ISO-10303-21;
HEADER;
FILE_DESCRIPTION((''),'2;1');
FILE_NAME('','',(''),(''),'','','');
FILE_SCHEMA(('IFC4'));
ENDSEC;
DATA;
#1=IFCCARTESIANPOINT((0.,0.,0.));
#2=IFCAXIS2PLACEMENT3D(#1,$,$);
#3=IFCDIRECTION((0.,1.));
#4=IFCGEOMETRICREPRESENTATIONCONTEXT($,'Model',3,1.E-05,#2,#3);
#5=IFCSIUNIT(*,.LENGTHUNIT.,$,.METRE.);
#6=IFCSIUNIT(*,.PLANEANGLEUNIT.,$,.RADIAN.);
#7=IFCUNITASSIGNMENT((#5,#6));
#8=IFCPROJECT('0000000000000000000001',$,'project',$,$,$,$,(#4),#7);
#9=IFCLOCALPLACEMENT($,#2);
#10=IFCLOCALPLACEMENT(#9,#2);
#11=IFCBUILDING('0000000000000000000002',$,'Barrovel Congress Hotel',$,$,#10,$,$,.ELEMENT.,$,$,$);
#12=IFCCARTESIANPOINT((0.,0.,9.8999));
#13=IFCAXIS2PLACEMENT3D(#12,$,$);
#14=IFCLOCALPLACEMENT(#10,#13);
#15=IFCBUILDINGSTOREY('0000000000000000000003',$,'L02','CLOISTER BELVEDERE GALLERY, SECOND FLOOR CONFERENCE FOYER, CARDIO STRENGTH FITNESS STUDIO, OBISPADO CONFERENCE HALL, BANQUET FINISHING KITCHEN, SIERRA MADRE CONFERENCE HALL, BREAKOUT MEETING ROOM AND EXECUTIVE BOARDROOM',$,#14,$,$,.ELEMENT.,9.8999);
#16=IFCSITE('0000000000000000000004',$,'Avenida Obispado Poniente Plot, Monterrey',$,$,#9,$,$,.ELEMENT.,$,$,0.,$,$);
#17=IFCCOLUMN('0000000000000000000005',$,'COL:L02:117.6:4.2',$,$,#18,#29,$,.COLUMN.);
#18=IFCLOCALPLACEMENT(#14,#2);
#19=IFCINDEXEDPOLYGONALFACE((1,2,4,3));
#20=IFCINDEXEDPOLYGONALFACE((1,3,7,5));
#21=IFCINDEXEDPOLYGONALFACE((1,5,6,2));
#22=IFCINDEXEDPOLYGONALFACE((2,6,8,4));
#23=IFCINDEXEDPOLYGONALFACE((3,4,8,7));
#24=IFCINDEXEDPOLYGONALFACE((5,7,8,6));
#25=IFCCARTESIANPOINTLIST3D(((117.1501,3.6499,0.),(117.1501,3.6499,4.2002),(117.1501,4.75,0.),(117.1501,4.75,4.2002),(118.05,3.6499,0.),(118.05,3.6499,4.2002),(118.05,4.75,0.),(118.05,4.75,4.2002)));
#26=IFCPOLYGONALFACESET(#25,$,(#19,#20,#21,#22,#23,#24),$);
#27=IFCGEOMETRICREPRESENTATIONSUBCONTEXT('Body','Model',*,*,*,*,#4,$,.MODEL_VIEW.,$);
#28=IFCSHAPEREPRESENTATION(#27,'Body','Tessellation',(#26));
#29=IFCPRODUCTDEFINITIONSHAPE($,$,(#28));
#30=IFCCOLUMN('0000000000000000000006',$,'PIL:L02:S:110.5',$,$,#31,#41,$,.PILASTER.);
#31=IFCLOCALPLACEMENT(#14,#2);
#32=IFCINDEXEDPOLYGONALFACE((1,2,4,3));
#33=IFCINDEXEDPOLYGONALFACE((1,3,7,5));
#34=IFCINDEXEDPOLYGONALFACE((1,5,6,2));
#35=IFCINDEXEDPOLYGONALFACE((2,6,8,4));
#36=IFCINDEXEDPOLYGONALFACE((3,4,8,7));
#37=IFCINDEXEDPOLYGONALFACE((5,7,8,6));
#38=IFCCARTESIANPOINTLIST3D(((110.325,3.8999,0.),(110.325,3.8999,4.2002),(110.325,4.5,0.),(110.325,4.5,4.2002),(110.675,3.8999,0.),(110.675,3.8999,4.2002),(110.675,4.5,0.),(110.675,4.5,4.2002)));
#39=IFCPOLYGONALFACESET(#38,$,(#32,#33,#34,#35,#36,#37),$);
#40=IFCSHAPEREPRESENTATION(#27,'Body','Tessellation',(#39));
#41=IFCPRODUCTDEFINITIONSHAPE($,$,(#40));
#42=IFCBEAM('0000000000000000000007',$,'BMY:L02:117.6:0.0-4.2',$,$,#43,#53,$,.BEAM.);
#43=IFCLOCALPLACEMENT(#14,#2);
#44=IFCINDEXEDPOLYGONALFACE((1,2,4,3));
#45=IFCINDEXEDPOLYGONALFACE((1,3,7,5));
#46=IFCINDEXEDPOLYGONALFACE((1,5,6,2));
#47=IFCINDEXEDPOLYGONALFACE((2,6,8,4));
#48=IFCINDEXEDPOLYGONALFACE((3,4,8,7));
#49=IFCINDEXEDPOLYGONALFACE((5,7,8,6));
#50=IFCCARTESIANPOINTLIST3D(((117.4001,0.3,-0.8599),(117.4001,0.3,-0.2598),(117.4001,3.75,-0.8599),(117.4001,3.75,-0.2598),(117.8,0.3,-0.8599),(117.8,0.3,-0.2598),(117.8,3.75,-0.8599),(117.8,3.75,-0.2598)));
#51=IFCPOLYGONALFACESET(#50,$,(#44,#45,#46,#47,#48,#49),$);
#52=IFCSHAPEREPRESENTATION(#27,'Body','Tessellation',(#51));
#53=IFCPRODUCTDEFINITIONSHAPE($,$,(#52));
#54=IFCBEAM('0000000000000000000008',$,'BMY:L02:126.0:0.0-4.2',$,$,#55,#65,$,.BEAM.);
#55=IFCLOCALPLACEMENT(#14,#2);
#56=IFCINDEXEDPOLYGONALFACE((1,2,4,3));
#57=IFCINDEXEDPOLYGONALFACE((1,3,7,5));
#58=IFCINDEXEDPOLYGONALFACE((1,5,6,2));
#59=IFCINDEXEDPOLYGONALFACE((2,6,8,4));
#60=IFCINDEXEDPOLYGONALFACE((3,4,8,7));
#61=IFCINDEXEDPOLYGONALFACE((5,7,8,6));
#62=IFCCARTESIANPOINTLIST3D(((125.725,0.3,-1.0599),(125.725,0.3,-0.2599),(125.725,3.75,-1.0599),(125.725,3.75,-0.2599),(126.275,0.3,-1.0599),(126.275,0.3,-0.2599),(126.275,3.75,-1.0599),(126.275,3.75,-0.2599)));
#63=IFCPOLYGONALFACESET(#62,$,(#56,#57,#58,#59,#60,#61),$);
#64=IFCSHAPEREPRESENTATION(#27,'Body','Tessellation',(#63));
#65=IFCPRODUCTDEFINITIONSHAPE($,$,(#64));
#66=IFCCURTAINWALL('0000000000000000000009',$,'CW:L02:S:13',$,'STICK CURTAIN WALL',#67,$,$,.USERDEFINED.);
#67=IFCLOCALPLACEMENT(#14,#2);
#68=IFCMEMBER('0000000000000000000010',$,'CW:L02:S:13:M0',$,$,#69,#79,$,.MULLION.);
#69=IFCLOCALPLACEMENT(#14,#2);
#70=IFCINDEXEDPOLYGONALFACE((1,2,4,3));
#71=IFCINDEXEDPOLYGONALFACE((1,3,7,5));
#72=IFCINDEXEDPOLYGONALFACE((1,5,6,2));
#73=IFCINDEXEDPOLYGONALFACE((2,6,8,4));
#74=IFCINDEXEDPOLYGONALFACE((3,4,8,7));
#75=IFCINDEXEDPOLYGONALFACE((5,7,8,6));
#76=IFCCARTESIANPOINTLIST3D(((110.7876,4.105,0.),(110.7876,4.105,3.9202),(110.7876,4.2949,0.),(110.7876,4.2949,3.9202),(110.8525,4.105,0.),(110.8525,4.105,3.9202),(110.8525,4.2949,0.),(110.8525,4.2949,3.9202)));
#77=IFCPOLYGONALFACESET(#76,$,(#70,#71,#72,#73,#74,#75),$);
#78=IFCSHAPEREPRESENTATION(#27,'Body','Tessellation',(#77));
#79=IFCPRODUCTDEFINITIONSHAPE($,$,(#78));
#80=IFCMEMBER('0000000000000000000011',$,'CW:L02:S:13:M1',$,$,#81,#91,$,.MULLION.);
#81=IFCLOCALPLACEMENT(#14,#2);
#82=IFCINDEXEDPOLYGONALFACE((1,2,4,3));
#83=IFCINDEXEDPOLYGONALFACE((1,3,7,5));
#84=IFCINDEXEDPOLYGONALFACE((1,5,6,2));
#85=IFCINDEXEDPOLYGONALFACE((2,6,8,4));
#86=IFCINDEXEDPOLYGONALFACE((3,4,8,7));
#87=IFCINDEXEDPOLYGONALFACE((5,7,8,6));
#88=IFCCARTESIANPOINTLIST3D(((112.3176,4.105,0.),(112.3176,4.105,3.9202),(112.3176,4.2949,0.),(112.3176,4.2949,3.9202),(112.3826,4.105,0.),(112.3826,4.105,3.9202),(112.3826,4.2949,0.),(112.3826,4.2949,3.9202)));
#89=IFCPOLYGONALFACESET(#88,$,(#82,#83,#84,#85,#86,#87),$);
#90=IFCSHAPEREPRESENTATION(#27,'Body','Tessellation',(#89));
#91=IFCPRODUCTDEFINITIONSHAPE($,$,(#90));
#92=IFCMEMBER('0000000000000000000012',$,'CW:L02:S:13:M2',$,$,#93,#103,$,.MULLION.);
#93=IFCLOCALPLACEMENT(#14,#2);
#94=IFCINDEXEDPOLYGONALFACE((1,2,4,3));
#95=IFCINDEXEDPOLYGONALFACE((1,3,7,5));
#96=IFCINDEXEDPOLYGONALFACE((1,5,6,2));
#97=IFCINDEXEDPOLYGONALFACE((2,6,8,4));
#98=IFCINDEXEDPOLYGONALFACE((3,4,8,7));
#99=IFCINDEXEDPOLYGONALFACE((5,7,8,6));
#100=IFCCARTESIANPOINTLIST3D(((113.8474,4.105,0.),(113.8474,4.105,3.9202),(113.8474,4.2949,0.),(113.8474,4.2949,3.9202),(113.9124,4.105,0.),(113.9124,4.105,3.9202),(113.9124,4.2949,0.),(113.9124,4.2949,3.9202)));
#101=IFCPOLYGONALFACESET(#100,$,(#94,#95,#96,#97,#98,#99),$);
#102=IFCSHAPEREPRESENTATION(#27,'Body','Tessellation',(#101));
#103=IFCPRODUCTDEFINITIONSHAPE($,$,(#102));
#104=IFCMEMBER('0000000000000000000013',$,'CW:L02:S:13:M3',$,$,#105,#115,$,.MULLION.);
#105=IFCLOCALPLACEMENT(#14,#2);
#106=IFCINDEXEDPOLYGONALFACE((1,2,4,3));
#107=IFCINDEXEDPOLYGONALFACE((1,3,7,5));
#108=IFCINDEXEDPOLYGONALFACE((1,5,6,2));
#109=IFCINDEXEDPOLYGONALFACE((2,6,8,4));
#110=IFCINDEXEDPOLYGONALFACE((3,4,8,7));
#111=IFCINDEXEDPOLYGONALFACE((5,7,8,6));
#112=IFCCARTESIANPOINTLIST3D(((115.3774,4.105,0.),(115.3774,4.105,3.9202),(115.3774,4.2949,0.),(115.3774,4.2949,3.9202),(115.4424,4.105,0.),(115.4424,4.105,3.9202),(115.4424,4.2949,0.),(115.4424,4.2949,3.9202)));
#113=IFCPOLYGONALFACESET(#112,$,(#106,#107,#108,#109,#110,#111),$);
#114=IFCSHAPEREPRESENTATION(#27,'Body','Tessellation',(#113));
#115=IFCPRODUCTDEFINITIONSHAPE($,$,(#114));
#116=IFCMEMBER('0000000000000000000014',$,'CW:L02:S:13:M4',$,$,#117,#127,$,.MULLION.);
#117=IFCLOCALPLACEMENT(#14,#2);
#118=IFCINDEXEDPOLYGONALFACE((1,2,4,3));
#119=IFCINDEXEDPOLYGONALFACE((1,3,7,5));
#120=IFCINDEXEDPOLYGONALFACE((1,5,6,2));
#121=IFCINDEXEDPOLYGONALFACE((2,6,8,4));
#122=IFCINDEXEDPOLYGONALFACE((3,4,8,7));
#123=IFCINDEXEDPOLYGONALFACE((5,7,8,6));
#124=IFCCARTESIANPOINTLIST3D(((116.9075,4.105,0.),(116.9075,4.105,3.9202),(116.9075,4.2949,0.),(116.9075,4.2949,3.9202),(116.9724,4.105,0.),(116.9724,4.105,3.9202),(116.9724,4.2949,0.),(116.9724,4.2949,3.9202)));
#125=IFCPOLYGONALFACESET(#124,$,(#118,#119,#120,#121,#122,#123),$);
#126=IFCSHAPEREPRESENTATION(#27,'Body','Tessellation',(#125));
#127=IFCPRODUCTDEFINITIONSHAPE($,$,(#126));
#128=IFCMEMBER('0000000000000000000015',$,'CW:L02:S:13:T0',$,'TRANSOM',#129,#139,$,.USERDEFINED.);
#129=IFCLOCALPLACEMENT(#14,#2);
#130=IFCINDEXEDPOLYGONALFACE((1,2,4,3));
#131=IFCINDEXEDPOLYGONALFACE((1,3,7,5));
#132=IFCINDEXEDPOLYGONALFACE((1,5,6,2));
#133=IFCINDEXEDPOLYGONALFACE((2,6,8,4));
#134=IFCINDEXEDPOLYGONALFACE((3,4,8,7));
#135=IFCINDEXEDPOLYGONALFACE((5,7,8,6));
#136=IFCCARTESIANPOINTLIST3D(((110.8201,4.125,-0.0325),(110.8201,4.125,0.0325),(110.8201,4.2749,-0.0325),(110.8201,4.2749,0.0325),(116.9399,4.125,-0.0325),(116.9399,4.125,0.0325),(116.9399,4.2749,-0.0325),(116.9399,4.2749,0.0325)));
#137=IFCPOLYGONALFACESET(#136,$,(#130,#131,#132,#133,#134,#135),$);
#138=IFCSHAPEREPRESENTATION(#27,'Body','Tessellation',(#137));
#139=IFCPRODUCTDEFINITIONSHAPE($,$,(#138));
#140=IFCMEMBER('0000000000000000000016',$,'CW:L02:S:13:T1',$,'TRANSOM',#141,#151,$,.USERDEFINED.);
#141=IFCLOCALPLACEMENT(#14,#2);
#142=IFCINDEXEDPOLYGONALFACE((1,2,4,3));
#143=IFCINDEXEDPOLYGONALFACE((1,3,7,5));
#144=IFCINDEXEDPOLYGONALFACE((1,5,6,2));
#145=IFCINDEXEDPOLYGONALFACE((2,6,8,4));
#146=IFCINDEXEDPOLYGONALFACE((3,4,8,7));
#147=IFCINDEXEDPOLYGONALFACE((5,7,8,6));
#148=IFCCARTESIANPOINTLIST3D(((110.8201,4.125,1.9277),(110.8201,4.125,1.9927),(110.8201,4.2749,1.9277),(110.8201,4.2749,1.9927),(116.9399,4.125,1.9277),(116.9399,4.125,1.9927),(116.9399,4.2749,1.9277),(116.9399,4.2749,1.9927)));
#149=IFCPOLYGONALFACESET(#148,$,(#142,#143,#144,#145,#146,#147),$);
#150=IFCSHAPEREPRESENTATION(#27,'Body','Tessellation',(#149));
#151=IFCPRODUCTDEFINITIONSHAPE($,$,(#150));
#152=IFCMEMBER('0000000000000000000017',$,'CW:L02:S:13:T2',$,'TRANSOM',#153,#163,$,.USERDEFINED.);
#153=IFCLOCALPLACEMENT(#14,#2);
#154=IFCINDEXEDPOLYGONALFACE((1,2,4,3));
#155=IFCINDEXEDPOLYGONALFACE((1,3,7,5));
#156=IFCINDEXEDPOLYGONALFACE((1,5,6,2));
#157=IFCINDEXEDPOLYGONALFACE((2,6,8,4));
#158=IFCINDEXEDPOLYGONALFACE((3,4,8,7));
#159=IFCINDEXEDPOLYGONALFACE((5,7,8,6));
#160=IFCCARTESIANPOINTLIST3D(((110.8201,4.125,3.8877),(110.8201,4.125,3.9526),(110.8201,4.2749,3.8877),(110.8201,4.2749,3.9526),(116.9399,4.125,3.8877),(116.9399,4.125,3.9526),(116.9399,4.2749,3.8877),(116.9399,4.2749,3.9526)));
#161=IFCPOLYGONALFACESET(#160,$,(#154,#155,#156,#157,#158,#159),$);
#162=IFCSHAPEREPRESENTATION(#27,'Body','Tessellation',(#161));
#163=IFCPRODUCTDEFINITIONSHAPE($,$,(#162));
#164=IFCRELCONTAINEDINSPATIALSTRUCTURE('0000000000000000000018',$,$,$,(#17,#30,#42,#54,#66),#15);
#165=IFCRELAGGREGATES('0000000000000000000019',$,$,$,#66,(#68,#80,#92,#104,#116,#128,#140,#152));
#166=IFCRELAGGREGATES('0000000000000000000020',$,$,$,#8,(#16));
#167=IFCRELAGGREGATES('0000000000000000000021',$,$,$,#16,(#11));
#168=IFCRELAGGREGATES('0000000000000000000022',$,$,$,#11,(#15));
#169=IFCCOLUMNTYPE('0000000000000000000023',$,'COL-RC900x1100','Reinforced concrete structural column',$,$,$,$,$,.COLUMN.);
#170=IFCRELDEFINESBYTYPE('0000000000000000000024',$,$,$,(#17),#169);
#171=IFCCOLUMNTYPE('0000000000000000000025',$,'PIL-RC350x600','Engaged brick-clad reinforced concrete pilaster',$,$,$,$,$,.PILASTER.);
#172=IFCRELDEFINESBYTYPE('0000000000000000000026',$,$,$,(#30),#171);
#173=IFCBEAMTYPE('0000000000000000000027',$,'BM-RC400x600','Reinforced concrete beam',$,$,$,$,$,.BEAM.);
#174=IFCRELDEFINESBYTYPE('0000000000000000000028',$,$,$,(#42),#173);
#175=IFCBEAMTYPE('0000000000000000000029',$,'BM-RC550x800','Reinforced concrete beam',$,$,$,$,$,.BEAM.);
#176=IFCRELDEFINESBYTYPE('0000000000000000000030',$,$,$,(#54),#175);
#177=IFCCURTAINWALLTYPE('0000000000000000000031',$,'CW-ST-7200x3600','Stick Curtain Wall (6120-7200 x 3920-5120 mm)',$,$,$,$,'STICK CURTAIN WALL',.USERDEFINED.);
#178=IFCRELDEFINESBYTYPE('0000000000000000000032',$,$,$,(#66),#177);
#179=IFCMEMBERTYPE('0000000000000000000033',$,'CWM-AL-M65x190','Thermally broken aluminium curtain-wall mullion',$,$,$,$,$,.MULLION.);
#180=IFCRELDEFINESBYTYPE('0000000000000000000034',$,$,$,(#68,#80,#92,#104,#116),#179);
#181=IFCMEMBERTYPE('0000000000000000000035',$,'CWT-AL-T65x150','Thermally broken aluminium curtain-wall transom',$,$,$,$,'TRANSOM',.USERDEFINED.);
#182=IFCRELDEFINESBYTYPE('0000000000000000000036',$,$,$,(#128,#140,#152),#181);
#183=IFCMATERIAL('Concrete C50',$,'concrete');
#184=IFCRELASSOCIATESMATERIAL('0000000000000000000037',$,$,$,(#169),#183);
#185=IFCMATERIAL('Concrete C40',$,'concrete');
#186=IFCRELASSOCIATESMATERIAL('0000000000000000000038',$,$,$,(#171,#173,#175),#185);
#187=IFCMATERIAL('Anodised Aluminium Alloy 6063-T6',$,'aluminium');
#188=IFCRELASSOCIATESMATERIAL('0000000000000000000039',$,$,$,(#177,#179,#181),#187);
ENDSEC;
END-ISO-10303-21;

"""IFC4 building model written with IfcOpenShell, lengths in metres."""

from ifc_helpers import new_model, si_unit, direction, frame, origin, origin_2d, place, context, subcontext, project, spatial, rectangle, extrude, material, material_profile, profile_set, type_object, element, aggregate, save


model = new_model("IFC4")

# Units and contexts
model_context = context("Model", 3, precision=1e-05, world=origin(), true_north=direction((0.0, 1.0)))
body_context = subcontext(model_context, "Body", "Model", "MODEL_VIEW")
ifc_project = project(units=[si_unit("LENGTHUNIT", "METRE"), si_unit("PLANEANGLEUNIT", "RADIAN")], contexts=[model_context])

# Site, building, storey
site_placement = place(None, origin())
site = spatial("IfcSite", under=ifc_project, at=site_placement, Name="Avenida Obispado Poniente Plot, Monterrey", CompositionType="ELEMENT", RefElevation=0.0)
building_placement = place(site_placement, origin())
building = spatial("IfcBuilding", under=site, at=building_placement, Name="Barrovel Congress Hotel", CompositionType="ELEMENT")
storey_placement = place(building_placement, frame((0.0, 0.0, 9.8999)))
storey = spatial("IfcBuildingStorey", under=building, at=storey_placement, Name="L02", Description="CLOISTER BELVEDERE GALLERY, SECOND FLOOR CONFERENCE FOYER, CARDIO STRENGTH FITNESS STUDIO, OBISPADO CONFERENCE HALL, BANQUET FINISHING KITCHEN, SIERRA MADRE CONFERENCE HALL, BREAKOUT MEETING ROOM AND EXECUTIVE BOARDROOM", CompositionType="ELEMENT", Elevation=9.8999)

# Columns
ifc_material_1 = material(Name="Concrete C50", Category="concrete")
ifc_material_profile_1 = material_profile(ifc_material_1, rectangle(XDim=0.8999, YDim=1.1001, at=origin_2d()), Name="RC900x1100")
ifc_profile_set_1 = profile_set([ifc_material_profile_1], Name="Concrete C50")
column_type_1 = type_object("IfcColumnType", Name="COL-RC900x1100", Description="Reinforced concrete structural column", PredefinedType="COLUMN", material=ifc_profile_set_1)
column_1_placement = place(storey_placement, frame((117.6001, 4.2, 0.0), z_axis=(0.0, 0.0, 1.0), x_axis=(1.0, 0.0, 0.0)))
element("IfcColumn", 1, at=column_1_placement, inside=storey, type_object=column_type_1, Name="COL:L02:117.6:4.2", PredefinedType="COLUMN", context=body_context, shape_type="SweptSolid", body=[
    extrude(rectangle(XDim=0.8999, YDim=1.1001, at=origin_2d()), origin(), (0.0, 0.0, 1.0), 4.2002),
])
ifc_material_2 = material(Name="Concrete C40", Category="concrete")
ifc_material_profile_2 = material_profile(ifc_material_2, rectangle(XDim=0.3501, YDim=0.6001, at=origin_2d()), Name="RC350x600")
ifc_profile_set_2 = profile_set([ifc_material_profile_2], Name="Concrete C40")
column_type_2 = type_object("IfcColumnType", Name="PIL-RC350x600", Description="Engaged brick-clad reinforced concrete pilaster", PredefinedType="PILASTER", material=ifc_profile_set_2)
column_2_placement = place(storey_placement, frame((110.5, 4.2, 0.0), z_axis=(0.0, 0.0, 1.0), x_axis=(1.0, 0.0, 0.0)))
element("IfcColumn", 2, at=column_2_placement, inside=storey, type_object=column_type_2, Name="PIL:L02:S:110.5", PredefinedType="PILASTER", context=body_context, shape_type="SweptSolid", body=[
    extrude(rectangle(XDim=0.3501, YDim=0.6001, at=origin_2d()), origin(), (0.0, 0.0, 1.0), 4.2002),
])

# Beams
ifc_material_profile_3 = material_profile(ifc_material_2, rectangle(XDim=0.3999, YDim=0.6001, at=origin_2d()), Name="RC400x600")
ifc_profile_set_3 = profile_set([ifc_material_profile_3], Name="Concrete C40")
beam_type_1 = type_object("IfcBeamType", Name="BM-RC400x600", Description="Reinforced concrete beam", PredefinedType="BEAM", material=ifc_profile_set_3)
beam_1_placement = place(storey_placement, frame((117.6001, 0.3, -0.5598), z_axis=(0.0, 1.0, 0.0), x_axis=(-1.0, 0.0, 0.0)))
element("IfcBeam", 3, at=beam_1_placement, inside=storey, type_object=beam_type_1, Name="BMY:L02:117.6:0.0-4.2", PredefinedType="BEAM", context=body_context, shape_type="SweptSolid", body=[
    extrude(rectangle(XDim=0.3999, YDim=0.6001, at=origin_2d()), origin(), (0.0, 0.0, 1.0), 3.45),
])
ifc_material_profile_4 = material_profile(ifc_material_2, rectangle(XDim=0.55, YDim=0.8, at=origin_2d()), Name="RC550x800")
ifc_profile_set_4 = profile_set([ifc_material_profile_4], Name="Concrete C40")
beam_type_2 = type_object("IfcBeamType", Name="BM-RC550x800", Description="Reinforced concrete beam", PredefinedType="BEAM", material=ifc_profile_set_4)
beam_2_placement = place(storey_placement, frame((126.0, 0.3, -0.6599), z_axis=(0.0, 1.0, 0.0), x_axis=(-1.0, 0.0, 0.0)))
element("IfcBeam", 4, at=beam_2_placement, inside=storey, type_object=beam_type_2, Name="BMY:L02:126.0:0.0-4.2", PredefinedType="BEAM", context=body_context, shape_type="SweptSolid", body=[
    extrude(rectangle(XDim=0.55, YDim=0.8, at=origin_2d()), origin(), (0.0, 0.0, 1.0), 3.45),
])

# Curtain wall, members
ifc_material_3 = material(Name="Anodised Aluminium Alloy 6063-T6", Category="aluminium")
curtain_wall_type = type_object("IfcCurtainWallType", Name="CW-ST-7200x3600", Description="Stick Curtain Wall (6120-7200 x 3920-5120 mm)", ElementType="STICK CURTAIN WALL", PredefinedType="USERDEFINED", material=ifc_material_3)
curtain_wall_placement = place(storey_placement, origin())
curtain_wall = element("IfcCurtainWall", 5, at=curtain_wall_placement, inside=storey, type_object=curtain_wall_type, Name="CW:L02:S:13", ObjectType="STICK CURTAIN WALL", PredefinedType="USERDEFINED")
ifc_material_profile_5 = material_profile(ifc_material_3, rectangle(XDim=0.0649, YDim=0.1899, at=origin_2d()), Name="AL-M65x190")
ifc_profile_set_5 = profile_set([ifc_material_profile_5], Name="Anodised Aluminium Alloy 6063-T6")
member_type_1 = type_object("IfcMemberType", Name="CWM-AL-M65x190", Description="Thermally broken aluminium curtain-wall mullion", PredefinedType="MULLION", material=ifc_profile_set_5)
member_1_placement = place(storey_placement, frame((110.8201, 4.2, 0.0), z_axis=(0.0, 0.0, 1.0), x_axis=(1.0, 0.0, 0.0)))
member_1 = element("IfcMember", 6, at=member_1_placement, type_object=member_type_1, Name="CW:L02:S:13:M0", PredefinedType="MULLION", context=body_context, shape_type="SweptSolid", body=[
    extrude(rectangle(XDim=0.0649, YDim=0.1899, at=origin_2d()), origin(), (0.0, 0.0, 1.0), 3.9202),
])
member_2_placement = place(storey_placement, frame((112.3501, 4.2, 0.0), z_axis=(0.0, 0.0, 1.0), x_axis=(1.0, 0.0, 0.0)))
member_2 = element("IfcMember", 7, at=member_2_placement, type_object=member_type_1, Name="CW:L02:S:13:M1", PredefinedType="MULLION", context=body_context, shape_type="SweptSolid", body=[
    extrude(rectangle(XDim=0.0649, YDim=0.1899, at=origin_2d()), origin(), (0.0, 0.0, 1.0), 3.9202),
])
member_3_placement = place(storey_placement, frame((113.8799, 4.2, 0.0), z_axis=(0.0, 0.0, 1.0), x_axis=(1.0, 0.0, 0.0)))
member_3 = element("IfcMember", 8, at=member_3_placement, type_object=member_type_1, Name="CW:L02:S:13:M2", PredefinedType="MULLION", context=body_context, shape_type="SweptSolid", body=[
    extrude(rectangle(XDim=0.0649, YDim=0.1899, at=origin_2d()), origin(), (0.0, 0.0, 1.0), 3.9202),
])
member_4_placement = place(storey_placement, frame((115.4099, 4.2, 0.0), z_axis=(0.0, 0.0, 1.0), x_axis=(1.0, 0.0, 0.0)))
member_4 = element("IfcMember", 9, at=member_4_placement, type_object=member_type_1, Name="CW:L02:S:13:M3", PredefinedType="MULLION", context=body_context, shape_type="SweptSolid", body=[
    extrude(rectangle(XDim=0.0649, YDim=0.1899, at=origin_2d()), origin(), (0.0, 0.0, 1.0), 3.9202),
])
member_5_placement = place(storey_placement, frame((116.9399, 4.2, 0.0), z_axis=(0.0, 0.0, 1.0), x_axis=(1.0, 0.0, 0.0)))
member_5 = element("IfcMember", 10, at=member_5_placement, type_object=member_type_1, Name="CW:L02:S:13:M4", PredefinedType="MULLION", context=body_context, shape_type="SweptSolid", body=[
    extrude(rectangle(XDim=0.0649, YDim=0.1899, at=origin_2d()), origin(), (0.0, 0.0, 1.0), 3.9202),
])
ifc_material_profile_6 = material_profile(ifc_material_3, rectangle(XDim=0.1499, YDim=0.0649, at=origin_2d()), Name="AL-T65x150")
ifc_profile_set_6 = profile_set([ifc_material_profile_6], Name="Anodised Aluminium Alloy 6063-T6")
member_type_2 = type_object("IfcMemberType", Name="CWT-AL-T65x150", Description="Thermally broken aluminium curtain-wall transom", ElementType="TRANSOM", PredefinedType="USERDEFINED", material=ifc_profile_set_6)
member_6_placement = place(storey_placement, frame((110.8201, 4.2, 0.0), z_axis=(1.0, 0.0, 0.0), x_axis=(0.0, 1.0, 0.0)))
member_6 = element("IfcMember", 11, at=member_6_placement, type_object=member_type_2, Name="CW:L02:S:13:T0", ObjectType="TRANSOM", PredefinedType="USERDEFINED", context=body_context, shape_type="SweptSolid", body=[
    extrude(rectangle(XDim=0.1499, YDim=0.0649, at=origin_2d()), origin(), (0.0, 0.0, 1.0), 6.1199),
])
member_7_placement = place(storey_placement, frame((110.8201, 4.2, 1.9602), z_axis=(1.0, 0.0, 0.0), x_axis=(0.0, 1.0, 0.0)))
member_7 = element("IfcMember", 12, at=member_7_placement, type_object=member_type_2, Name="CW:L02:S:13:T1", ObjectType="TRANSOM", PredefinedType="USERDEFINED", context=body_context, shape_type="SweptSolid", body=[
    extrude(rectangle(XDim=0.1499, YDim=0.0649, at=origin_2d()), origin(), (0.0, 0.0, 1.0), 6.1199),
])
member_8_placement = place(storey_placement, frame((110.8201, 4.2, 3.9202), z_axis=(1.0, 0.0, 0.0), x_axis=(0.0, 1.0, 0.0)))
member_8 = element("IfcMember", 13, at=member_8_placement, type_object=member_type_2, Name="CW:L02:S:13:T2", ObjectType="TRANSOM", PredefinedType="USERDEFINED", context=body_context, shape_type="SweptSolid", body=[
    extrude(rectangle(XDim=0.1499, YDim=0.0649, at=origin_2d()), origin(), (0.0, 0.0, 1.0), 6.1199),
])

aggregate(curtain_wall, [member_1, member_2, member_3, member_4, member_5, member_6, member_7, member_8])

save(model, "model.ifc")
